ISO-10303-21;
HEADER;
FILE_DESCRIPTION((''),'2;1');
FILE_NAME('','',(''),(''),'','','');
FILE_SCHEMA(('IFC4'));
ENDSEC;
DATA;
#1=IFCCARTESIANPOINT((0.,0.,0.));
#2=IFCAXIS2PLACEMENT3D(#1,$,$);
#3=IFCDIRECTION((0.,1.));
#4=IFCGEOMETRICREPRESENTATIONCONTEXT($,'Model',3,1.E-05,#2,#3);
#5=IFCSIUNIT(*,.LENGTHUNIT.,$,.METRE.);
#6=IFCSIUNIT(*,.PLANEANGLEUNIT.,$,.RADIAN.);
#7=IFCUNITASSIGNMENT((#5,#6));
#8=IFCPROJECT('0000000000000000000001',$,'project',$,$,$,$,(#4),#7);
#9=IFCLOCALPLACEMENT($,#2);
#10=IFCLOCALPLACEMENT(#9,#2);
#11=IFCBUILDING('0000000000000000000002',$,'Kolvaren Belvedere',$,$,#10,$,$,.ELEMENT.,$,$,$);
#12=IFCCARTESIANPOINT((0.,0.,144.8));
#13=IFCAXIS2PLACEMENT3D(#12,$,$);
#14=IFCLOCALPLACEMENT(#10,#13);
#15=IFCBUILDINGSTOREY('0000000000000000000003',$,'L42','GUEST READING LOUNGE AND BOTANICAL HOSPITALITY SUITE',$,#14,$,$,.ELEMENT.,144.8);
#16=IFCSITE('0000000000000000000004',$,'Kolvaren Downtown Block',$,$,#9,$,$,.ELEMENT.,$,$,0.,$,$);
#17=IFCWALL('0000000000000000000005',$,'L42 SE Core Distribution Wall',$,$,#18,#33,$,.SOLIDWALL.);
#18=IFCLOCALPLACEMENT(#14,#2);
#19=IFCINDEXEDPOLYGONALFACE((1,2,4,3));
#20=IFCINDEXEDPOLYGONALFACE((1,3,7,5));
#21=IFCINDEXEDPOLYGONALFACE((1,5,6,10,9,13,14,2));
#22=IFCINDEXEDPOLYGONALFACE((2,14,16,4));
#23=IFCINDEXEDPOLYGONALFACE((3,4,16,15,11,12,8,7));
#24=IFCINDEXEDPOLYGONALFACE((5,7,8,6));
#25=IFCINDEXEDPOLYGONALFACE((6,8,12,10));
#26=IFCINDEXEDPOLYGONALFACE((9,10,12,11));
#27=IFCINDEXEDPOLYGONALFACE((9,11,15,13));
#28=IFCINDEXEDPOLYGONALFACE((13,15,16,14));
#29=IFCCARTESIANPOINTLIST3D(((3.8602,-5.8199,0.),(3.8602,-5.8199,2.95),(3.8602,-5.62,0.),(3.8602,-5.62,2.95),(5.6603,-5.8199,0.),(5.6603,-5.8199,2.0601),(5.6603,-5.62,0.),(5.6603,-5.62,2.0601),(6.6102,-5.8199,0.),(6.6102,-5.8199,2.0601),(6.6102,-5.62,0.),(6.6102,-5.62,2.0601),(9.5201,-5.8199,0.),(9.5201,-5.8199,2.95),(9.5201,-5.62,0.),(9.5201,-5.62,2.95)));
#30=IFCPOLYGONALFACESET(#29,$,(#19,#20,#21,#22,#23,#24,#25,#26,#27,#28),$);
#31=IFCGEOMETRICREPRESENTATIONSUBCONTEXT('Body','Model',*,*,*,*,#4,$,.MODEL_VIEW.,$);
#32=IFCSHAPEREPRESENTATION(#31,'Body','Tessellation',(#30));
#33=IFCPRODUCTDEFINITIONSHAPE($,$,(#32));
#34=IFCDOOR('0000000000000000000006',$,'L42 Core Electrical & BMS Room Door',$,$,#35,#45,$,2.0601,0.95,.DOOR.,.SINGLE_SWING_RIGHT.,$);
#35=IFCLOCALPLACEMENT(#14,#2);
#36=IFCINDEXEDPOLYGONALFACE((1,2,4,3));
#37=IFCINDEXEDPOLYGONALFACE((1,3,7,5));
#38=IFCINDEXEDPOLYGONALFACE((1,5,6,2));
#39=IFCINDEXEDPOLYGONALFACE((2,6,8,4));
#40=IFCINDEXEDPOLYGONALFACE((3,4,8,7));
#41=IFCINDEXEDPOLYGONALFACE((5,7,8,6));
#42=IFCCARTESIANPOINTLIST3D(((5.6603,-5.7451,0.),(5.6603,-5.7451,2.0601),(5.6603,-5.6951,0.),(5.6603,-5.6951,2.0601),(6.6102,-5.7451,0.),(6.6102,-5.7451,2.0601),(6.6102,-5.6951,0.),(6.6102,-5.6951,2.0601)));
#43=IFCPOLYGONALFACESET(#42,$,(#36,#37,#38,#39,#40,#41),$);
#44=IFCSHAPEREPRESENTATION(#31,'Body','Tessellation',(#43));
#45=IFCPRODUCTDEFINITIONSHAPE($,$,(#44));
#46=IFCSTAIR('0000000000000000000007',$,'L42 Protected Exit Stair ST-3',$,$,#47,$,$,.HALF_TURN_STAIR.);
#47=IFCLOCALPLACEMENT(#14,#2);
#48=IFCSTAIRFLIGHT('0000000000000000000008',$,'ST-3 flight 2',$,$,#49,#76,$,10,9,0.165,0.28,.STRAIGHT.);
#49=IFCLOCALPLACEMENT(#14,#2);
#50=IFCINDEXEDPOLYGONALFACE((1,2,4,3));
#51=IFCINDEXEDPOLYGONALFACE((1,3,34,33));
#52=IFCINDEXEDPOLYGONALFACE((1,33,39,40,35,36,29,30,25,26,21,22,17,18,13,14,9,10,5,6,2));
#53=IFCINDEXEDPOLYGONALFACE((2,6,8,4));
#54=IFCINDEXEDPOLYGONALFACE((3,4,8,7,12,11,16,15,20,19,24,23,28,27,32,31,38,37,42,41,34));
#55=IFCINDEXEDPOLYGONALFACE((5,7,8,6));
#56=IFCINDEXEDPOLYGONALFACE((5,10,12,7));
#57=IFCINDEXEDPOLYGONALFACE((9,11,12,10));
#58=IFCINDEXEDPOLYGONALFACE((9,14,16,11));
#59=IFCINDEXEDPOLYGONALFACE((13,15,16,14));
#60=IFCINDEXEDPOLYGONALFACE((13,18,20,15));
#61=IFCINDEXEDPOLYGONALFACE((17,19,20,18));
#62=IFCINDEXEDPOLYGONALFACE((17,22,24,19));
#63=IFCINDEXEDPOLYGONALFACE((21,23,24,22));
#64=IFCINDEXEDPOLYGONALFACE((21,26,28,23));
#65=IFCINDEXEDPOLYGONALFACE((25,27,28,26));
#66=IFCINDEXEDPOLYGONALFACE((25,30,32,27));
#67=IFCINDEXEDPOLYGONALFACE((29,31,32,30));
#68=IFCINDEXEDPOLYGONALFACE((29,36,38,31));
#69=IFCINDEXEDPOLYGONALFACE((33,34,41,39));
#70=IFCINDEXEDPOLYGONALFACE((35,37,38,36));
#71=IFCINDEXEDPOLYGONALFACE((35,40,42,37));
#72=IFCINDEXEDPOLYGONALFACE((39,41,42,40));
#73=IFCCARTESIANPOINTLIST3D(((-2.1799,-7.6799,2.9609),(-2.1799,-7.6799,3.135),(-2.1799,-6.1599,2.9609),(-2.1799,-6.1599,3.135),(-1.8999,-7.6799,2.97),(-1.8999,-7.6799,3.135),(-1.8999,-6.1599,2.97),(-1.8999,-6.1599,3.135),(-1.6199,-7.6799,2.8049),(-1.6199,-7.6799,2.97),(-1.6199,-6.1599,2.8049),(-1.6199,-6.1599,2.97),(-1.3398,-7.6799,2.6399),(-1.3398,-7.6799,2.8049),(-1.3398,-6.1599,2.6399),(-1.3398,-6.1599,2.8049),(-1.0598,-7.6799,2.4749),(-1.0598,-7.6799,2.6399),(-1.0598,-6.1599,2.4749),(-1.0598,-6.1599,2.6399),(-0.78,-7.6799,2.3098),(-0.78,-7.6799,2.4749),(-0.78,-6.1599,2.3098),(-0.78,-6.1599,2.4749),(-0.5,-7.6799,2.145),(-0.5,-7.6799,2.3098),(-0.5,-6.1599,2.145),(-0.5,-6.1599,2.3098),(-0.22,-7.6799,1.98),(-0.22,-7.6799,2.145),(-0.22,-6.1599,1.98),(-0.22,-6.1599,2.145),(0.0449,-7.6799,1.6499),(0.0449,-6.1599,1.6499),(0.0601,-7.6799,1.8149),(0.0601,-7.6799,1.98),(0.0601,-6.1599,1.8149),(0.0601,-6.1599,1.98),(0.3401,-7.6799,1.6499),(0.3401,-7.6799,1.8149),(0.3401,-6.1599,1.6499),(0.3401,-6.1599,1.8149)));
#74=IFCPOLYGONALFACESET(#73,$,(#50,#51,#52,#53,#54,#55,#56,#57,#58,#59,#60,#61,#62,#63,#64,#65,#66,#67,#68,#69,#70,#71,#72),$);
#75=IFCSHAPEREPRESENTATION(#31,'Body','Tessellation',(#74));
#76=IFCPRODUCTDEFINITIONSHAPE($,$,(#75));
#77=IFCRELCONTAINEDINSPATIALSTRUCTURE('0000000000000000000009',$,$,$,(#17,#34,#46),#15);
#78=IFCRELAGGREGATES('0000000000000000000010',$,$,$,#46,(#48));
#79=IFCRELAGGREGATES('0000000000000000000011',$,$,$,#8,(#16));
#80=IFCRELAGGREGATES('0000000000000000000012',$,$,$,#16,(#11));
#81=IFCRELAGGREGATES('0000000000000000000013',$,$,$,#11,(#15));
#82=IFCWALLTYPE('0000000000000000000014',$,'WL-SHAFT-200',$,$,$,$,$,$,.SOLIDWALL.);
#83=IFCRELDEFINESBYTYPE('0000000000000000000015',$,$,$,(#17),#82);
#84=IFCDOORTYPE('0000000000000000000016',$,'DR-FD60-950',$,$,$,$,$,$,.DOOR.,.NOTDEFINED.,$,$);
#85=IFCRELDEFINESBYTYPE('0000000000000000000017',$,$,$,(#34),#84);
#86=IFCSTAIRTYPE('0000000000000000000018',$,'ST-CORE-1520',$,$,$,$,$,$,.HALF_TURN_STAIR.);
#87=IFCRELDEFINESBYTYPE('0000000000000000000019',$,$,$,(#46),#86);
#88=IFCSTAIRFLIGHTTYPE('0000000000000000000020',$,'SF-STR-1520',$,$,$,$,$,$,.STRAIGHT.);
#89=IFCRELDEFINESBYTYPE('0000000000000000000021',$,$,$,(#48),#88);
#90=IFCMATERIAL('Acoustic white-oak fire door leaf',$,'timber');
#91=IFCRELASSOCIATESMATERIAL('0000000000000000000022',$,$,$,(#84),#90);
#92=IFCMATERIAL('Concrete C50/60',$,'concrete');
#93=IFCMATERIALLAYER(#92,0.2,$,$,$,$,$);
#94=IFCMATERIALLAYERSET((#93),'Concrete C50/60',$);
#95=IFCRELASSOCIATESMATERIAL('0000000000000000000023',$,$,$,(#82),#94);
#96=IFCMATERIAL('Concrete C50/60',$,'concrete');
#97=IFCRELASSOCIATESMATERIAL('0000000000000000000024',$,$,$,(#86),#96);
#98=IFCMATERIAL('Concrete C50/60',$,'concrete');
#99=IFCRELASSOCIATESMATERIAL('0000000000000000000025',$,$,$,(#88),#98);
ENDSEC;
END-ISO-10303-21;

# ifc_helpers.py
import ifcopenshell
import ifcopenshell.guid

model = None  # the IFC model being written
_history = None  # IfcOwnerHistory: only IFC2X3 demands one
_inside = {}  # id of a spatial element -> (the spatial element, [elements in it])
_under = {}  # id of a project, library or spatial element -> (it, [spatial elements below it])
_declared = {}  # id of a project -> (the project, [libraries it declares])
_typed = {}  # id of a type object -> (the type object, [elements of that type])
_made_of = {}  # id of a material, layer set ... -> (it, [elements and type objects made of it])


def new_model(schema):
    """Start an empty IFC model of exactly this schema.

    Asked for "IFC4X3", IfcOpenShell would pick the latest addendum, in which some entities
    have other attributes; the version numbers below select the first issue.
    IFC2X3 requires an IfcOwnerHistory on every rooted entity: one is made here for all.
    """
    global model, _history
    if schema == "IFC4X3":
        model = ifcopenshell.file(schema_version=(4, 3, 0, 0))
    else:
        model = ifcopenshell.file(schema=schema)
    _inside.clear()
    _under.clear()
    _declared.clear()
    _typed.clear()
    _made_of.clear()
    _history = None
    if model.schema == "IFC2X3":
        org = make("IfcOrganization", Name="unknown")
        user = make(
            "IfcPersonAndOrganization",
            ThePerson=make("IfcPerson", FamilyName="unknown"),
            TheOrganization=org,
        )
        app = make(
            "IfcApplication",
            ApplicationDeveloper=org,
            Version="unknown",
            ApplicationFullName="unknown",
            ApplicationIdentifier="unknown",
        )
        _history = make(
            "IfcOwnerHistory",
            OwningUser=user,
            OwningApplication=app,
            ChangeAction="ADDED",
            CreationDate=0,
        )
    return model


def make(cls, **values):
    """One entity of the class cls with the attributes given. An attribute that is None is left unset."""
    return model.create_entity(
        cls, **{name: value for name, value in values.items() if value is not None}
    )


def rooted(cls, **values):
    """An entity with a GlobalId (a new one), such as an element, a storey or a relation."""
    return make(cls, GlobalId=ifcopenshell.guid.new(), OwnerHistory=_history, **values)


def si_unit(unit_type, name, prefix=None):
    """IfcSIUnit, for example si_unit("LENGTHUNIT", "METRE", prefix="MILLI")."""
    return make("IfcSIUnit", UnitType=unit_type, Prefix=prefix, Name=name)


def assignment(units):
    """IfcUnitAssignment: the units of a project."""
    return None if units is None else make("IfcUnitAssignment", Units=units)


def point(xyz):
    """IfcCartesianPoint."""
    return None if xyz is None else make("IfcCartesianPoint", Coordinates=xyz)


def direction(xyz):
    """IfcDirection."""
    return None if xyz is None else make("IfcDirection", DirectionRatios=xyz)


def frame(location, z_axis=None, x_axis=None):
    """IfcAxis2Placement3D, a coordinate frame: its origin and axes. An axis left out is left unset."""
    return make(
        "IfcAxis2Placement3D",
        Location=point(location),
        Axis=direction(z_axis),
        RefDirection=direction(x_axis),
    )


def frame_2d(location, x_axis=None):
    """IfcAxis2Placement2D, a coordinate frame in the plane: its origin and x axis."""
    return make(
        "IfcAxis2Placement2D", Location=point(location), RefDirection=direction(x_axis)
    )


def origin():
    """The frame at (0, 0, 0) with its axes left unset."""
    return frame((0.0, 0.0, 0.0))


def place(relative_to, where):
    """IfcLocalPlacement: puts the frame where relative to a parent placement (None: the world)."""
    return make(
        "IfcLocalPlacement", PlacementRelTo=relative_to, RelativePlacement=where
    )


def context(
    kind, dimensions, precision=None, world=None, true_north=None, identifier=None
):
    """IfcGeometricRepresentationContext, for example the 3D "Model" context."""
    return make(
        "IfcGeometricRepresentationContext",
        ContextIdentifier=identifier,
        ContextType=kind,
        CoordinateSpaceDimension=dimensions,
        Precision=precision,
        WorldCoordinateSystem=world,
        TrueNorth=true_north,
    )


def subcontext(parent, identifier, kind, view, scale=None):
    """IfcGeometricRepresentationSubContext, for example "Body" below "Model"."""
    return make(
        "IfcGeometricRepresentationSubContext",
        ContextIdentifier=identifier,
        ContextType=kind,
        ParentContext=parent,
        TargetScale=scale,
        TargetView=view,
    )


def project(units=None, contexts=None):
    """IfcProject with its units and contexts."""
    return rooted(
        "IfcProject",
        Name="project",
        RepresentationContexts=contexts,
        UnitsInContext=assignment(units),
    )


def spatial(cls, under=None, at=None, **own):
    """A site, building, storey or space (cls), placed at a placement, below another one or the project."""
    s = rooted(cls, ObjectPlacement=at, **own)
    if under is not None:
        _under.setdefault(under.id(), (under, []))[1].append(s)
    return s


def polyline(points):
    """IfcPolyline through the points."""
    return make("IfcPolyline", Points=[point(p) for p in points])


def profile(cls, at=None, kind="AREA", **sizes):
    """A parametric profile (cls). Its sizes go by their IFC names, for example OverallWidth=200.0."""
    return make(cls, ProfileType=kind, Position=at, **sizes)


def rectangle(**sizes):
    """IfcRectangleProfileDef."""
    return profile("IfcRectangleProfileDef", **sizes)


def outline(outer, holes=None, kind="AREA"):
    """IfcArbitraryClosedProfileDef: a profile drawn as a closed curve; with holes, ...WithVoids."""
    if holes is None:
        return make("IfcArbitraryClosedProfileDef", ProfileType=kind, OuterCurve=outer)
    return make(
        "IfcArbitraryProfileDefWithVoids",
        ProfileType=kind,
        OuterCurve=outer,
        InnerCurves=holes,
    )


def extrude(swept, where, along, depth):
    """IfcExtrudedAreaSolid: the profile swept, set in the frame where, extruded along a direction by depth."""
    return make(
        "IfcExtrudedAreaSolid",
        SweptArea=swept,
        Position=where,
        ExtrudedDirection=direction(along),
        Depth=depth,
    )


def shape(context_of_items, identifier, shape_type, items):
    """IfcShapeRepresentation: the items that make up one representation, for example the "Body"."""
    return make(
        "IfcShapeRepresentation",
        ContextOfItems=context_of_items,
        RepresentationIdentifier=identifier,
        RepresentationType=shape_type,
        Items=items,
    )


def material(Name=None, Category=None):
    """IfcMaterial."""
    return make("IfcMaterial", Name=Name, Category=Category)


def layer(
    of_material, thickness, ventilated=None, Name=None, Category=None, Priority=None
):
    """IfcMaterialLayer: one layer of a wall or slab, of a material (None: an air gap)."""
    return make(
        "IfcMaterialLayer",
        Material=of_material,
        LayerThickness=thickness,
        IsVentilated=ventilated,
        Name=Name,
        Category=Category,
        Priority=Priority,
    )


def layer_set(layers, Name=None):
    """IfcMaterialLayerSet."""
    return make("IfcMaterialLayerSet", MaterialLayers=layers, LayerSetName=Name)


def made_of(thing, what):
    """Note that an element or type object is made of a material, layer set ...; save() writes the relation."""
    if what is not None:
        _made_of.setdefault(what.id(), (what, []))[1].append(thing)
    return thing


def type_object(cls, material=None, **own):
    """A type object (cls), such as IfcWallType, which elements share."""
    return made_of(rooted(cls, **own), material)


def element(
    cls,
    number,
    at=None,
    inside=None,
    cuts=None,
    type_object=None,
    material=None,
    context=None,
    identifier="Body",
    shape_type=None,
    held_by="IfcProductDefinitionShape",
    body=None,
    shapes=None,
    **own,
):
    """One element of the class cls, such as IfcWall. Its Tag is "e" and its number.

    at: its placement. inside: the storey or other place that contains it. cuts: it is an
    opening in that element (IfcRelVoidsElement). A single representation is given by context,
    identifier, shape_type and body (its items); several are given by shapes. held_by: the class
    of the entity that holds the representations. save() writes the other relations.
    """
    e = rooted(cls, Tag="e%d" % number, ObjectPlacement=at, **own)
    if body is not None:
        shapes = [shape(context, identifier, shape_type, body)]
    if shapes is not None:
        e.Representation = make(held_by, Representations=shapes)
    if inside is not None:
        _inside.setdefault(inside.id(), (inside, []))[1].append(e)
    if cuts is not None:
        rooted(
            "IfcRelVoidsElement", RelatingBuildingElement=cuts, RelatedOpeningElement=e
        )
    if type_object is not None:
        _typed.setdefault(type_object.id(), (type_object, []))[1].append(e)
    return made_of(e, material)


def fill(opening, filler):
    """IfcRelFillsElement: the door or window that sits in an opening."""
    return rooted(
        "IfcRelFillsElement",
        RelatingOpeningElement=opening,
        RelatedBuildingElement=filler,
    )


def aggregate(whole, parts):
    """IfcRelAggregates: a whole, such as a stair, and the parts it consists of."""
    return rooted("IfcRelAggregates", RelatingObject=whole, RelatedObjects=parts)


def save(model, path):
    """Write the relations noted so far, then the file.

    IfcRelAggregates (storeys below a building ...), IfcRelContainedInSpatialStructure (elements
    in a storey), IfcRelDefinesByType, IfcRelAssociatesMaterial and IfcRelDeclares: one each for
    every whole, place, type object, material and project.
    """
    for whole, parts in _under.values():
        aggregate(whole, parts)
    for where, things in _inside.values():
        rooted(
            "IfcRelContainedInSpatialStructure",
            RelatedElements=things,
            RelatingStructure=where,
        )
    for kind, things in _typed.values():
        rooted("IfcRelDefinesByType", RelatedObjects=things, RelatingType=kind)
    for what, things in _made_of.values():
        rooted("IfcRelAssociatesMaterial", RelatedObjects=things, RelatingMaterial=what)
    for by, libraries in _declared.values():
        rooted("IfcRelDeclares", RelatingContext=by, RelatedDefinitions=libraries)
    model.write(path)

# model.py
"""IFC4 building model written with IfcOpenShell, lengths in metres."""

from ifc_helpers import new_model, si_unit, direction, frame, frame_2d, origin, place, context, subcontext, project, spatial, polyline, rectangle, outline, extrude, material, layer, layer_set, type_object, element, fill, aggregate, save


model = new_model("IFC4")

# Units and contexts
model_context = context("Model", 3, precision=1e-05, world=origin(), true_north=direction((0.0, 1.0)))
body_context = subcontext(model_context, "Body", "Model", "MODEL_VIEW")
ifc_project = project(units=[si_unit("LENGTHUNIT", "METRE"), si_unit("PLANEANGLEUNIT", "RADIAN")], contexts=[model_context])

# Site, building, storey
site_placement = place(None, origin())
site = spatial("IfcSite", under=ifc_project, at=site_placement, Name="Kolvaren Downtown Block", CompositionType="ELEMENT", RefElevation=0.0)
building_placement = place(site_placement, origin())
building = spatial("IfcBuilding", under=site, at=building_placement, Name="Kolvaren Belvedere", CompositionType="ELEMENT")
storey_placement = place(building_placement, frame((0.0, 0.0, 144.8)))
storey = spatial("IfcBuildingStorey", under=building, at=storey_placement, Name="L42", Description="GUEST READING LOUNGE AND BOTANICAL HOSPITALITY SUITE", CompositionType="ELEMENT", Elevation=144.8)

# Shared definitions
ifc_material_1 = material(Name="Acoustic white-oak fire door leaf", Category="timber")
door_type_1 = type_object("IfcDoorType", Name="DR-FD60-950", OperationType="NOTDEFINED", PredefinedType="DOOR", material=ifc_material_1)
ifc_material_2 = material(Name="Concrete C50/60", Category="concrete")
ifc_layer_1 = layer(ifc_material_2, 0.2)
ifc_layer_set_1 = layer_set([ifc_layer_1], Name="Concrete C50/60")
wall_type_1 = type_object("IfcWallType", Name="WL-SHAFT-200", PredefinedType="SOLIDWALL", material=ifc_layer_set_1)

# Wall, opening, door
wall_1_placement = place(storey_placement, frame((3.8601, -5.72, 0.0), z_axis=(0.0, 0.0, 1.0), x_axis=(1.0, 0.0, 0.0)))
wall_1 = element("IfcWall", 1, at=wall_1_placement, inside=storey, type_object=wall_type_1, Name="L42 SE Core Distribution Wall", PredefinedType="SOLIDWALL", context=body_context, shape_type="SweptSolid", body=[
    extrude(rectangle(XDim=5.6599, YDim=0.2, at=frame_2d((2.8301, 0.0))), origin(), (0.0, 0.0, 1.0), 2.95),
])
opening_1_placement = place(wall_1_placement, frame((1.8, 0.0, 0.0)))
opening_1 = element("IfcOpeningElement", 2, at=opening_1_placement, cuts=wall_1, PredefinedType="OPENING", context=body_context, shape_type="SweptSolid", body=[
    extrude(rectangle(XDim=0.95, YDim=2.0601, at=frame_2d((0.4751, 1.03))), frame((0.0, 0.1099, 0.0), z_axis=(0.0, -1.0, 0.0), x_axis=(1.0, 0.0, 0.0)), (0.0, 0.0, 1.0), 0.22),
])
door_1_placement = place(opening_1_placement, origin())
door_1 = element("IfcDoor", 3, at=door_1_placement, inside=storey, type_object=door_type_1, Name="L42 Core Electrical & BMS Room Door", OperationType="SINGLE_SWING_RIGHT", OverallHeight=2.0601, OverallWidth=0.95, PredefinedType="DOOR", context=body_context, shape_type="SweptSolid", body=[
    extrude(rectangle(XDim=0.95, YDim=2.0601, at=frame_2d((0.4751, 1.03))), frame((0.0, 0.0249, 0.0), z_axis=(0.0, -1.0, 0.0), x_axis=(1.0, 0.0, 0.0)), (0.0, 0.0, 1.0), 0.05),
])
fill(opening_1, door_1)

# Stair, stair flight
ifc_material_3 = material(Name="Concrete C50/60", Category="concrete")
stair_type = type_object("IfcStairType", Name="ST-CORE-1520", PredefinedType="HALF_TURN_STAIR", material=ifc_material_3)
stair_placement = place(storey_placement, origin())
stair = element("IfcStair", 4, at=stair_placement, inside=storey, type_object=stair_type, Name="L42 Protected Exit Stair ST-3", PredefinedType="HALF_TURN_STAIR")
ifc_material_4 = material(Name="Concrete C50/60", Category="concrete")
stair_flight_type = type_object("IfcStairFlightType", Name="SF-STR-1520", PredefinedType="STRAIGHT", material=ifc_material_4)
stair_flight_placement = place(storey_placement, frame((0.3401, -6.9199, 1.6499), z_axis=(0.0, 0.0, 1.0), x_axis=(-1.0, 0.0, 0.0)))
stair_flight = element("IfcStairFlight", 5, at=stair_flight_placement, type_object=stair_flight_type, Name="ST-3 flight 2", NumberOfRisers=10, NumberOfTreads=9, PredefinedType="STRAIGHT", RiserHeight=0.165, TreadLength=0.28, context=body_context, shape_type="SweptSolid", body=[
    extrude(outline(polyline([(0.0, 0.0), (0.0, 0.165), (0.28, 0.165), (0.28, 0.3301), (0.5601, 0.3301), (0.5601, 0.4951), (0.8401, 0.4951), (0.8401, 0.6599), (1.1201, 0.6599), (1.1201, 0.825), (1.3999, 0.825), (1.3999, 0.99), (1.6799, 0.99), (1.6799, 1.155), (1.96, 1.155), (1.96, 1.3201), (2.24, 1.3201), (2.24, 1.4851), (2.52, 1.4851), (2.52, 1.6499), (2.52, 1.311), (0.2952, 0.0), (0.0, 0.0)])), frame((0.0, 0.76, 0.0), z_axis=(0.0, -1.0, 0.0), x_axis=(1.0, 0.0, 0.0)), (0.0, 0.0, 1.0), 1.52),
])
aggregate(stair, [stair_flight])

save(model, "model.ifc")
